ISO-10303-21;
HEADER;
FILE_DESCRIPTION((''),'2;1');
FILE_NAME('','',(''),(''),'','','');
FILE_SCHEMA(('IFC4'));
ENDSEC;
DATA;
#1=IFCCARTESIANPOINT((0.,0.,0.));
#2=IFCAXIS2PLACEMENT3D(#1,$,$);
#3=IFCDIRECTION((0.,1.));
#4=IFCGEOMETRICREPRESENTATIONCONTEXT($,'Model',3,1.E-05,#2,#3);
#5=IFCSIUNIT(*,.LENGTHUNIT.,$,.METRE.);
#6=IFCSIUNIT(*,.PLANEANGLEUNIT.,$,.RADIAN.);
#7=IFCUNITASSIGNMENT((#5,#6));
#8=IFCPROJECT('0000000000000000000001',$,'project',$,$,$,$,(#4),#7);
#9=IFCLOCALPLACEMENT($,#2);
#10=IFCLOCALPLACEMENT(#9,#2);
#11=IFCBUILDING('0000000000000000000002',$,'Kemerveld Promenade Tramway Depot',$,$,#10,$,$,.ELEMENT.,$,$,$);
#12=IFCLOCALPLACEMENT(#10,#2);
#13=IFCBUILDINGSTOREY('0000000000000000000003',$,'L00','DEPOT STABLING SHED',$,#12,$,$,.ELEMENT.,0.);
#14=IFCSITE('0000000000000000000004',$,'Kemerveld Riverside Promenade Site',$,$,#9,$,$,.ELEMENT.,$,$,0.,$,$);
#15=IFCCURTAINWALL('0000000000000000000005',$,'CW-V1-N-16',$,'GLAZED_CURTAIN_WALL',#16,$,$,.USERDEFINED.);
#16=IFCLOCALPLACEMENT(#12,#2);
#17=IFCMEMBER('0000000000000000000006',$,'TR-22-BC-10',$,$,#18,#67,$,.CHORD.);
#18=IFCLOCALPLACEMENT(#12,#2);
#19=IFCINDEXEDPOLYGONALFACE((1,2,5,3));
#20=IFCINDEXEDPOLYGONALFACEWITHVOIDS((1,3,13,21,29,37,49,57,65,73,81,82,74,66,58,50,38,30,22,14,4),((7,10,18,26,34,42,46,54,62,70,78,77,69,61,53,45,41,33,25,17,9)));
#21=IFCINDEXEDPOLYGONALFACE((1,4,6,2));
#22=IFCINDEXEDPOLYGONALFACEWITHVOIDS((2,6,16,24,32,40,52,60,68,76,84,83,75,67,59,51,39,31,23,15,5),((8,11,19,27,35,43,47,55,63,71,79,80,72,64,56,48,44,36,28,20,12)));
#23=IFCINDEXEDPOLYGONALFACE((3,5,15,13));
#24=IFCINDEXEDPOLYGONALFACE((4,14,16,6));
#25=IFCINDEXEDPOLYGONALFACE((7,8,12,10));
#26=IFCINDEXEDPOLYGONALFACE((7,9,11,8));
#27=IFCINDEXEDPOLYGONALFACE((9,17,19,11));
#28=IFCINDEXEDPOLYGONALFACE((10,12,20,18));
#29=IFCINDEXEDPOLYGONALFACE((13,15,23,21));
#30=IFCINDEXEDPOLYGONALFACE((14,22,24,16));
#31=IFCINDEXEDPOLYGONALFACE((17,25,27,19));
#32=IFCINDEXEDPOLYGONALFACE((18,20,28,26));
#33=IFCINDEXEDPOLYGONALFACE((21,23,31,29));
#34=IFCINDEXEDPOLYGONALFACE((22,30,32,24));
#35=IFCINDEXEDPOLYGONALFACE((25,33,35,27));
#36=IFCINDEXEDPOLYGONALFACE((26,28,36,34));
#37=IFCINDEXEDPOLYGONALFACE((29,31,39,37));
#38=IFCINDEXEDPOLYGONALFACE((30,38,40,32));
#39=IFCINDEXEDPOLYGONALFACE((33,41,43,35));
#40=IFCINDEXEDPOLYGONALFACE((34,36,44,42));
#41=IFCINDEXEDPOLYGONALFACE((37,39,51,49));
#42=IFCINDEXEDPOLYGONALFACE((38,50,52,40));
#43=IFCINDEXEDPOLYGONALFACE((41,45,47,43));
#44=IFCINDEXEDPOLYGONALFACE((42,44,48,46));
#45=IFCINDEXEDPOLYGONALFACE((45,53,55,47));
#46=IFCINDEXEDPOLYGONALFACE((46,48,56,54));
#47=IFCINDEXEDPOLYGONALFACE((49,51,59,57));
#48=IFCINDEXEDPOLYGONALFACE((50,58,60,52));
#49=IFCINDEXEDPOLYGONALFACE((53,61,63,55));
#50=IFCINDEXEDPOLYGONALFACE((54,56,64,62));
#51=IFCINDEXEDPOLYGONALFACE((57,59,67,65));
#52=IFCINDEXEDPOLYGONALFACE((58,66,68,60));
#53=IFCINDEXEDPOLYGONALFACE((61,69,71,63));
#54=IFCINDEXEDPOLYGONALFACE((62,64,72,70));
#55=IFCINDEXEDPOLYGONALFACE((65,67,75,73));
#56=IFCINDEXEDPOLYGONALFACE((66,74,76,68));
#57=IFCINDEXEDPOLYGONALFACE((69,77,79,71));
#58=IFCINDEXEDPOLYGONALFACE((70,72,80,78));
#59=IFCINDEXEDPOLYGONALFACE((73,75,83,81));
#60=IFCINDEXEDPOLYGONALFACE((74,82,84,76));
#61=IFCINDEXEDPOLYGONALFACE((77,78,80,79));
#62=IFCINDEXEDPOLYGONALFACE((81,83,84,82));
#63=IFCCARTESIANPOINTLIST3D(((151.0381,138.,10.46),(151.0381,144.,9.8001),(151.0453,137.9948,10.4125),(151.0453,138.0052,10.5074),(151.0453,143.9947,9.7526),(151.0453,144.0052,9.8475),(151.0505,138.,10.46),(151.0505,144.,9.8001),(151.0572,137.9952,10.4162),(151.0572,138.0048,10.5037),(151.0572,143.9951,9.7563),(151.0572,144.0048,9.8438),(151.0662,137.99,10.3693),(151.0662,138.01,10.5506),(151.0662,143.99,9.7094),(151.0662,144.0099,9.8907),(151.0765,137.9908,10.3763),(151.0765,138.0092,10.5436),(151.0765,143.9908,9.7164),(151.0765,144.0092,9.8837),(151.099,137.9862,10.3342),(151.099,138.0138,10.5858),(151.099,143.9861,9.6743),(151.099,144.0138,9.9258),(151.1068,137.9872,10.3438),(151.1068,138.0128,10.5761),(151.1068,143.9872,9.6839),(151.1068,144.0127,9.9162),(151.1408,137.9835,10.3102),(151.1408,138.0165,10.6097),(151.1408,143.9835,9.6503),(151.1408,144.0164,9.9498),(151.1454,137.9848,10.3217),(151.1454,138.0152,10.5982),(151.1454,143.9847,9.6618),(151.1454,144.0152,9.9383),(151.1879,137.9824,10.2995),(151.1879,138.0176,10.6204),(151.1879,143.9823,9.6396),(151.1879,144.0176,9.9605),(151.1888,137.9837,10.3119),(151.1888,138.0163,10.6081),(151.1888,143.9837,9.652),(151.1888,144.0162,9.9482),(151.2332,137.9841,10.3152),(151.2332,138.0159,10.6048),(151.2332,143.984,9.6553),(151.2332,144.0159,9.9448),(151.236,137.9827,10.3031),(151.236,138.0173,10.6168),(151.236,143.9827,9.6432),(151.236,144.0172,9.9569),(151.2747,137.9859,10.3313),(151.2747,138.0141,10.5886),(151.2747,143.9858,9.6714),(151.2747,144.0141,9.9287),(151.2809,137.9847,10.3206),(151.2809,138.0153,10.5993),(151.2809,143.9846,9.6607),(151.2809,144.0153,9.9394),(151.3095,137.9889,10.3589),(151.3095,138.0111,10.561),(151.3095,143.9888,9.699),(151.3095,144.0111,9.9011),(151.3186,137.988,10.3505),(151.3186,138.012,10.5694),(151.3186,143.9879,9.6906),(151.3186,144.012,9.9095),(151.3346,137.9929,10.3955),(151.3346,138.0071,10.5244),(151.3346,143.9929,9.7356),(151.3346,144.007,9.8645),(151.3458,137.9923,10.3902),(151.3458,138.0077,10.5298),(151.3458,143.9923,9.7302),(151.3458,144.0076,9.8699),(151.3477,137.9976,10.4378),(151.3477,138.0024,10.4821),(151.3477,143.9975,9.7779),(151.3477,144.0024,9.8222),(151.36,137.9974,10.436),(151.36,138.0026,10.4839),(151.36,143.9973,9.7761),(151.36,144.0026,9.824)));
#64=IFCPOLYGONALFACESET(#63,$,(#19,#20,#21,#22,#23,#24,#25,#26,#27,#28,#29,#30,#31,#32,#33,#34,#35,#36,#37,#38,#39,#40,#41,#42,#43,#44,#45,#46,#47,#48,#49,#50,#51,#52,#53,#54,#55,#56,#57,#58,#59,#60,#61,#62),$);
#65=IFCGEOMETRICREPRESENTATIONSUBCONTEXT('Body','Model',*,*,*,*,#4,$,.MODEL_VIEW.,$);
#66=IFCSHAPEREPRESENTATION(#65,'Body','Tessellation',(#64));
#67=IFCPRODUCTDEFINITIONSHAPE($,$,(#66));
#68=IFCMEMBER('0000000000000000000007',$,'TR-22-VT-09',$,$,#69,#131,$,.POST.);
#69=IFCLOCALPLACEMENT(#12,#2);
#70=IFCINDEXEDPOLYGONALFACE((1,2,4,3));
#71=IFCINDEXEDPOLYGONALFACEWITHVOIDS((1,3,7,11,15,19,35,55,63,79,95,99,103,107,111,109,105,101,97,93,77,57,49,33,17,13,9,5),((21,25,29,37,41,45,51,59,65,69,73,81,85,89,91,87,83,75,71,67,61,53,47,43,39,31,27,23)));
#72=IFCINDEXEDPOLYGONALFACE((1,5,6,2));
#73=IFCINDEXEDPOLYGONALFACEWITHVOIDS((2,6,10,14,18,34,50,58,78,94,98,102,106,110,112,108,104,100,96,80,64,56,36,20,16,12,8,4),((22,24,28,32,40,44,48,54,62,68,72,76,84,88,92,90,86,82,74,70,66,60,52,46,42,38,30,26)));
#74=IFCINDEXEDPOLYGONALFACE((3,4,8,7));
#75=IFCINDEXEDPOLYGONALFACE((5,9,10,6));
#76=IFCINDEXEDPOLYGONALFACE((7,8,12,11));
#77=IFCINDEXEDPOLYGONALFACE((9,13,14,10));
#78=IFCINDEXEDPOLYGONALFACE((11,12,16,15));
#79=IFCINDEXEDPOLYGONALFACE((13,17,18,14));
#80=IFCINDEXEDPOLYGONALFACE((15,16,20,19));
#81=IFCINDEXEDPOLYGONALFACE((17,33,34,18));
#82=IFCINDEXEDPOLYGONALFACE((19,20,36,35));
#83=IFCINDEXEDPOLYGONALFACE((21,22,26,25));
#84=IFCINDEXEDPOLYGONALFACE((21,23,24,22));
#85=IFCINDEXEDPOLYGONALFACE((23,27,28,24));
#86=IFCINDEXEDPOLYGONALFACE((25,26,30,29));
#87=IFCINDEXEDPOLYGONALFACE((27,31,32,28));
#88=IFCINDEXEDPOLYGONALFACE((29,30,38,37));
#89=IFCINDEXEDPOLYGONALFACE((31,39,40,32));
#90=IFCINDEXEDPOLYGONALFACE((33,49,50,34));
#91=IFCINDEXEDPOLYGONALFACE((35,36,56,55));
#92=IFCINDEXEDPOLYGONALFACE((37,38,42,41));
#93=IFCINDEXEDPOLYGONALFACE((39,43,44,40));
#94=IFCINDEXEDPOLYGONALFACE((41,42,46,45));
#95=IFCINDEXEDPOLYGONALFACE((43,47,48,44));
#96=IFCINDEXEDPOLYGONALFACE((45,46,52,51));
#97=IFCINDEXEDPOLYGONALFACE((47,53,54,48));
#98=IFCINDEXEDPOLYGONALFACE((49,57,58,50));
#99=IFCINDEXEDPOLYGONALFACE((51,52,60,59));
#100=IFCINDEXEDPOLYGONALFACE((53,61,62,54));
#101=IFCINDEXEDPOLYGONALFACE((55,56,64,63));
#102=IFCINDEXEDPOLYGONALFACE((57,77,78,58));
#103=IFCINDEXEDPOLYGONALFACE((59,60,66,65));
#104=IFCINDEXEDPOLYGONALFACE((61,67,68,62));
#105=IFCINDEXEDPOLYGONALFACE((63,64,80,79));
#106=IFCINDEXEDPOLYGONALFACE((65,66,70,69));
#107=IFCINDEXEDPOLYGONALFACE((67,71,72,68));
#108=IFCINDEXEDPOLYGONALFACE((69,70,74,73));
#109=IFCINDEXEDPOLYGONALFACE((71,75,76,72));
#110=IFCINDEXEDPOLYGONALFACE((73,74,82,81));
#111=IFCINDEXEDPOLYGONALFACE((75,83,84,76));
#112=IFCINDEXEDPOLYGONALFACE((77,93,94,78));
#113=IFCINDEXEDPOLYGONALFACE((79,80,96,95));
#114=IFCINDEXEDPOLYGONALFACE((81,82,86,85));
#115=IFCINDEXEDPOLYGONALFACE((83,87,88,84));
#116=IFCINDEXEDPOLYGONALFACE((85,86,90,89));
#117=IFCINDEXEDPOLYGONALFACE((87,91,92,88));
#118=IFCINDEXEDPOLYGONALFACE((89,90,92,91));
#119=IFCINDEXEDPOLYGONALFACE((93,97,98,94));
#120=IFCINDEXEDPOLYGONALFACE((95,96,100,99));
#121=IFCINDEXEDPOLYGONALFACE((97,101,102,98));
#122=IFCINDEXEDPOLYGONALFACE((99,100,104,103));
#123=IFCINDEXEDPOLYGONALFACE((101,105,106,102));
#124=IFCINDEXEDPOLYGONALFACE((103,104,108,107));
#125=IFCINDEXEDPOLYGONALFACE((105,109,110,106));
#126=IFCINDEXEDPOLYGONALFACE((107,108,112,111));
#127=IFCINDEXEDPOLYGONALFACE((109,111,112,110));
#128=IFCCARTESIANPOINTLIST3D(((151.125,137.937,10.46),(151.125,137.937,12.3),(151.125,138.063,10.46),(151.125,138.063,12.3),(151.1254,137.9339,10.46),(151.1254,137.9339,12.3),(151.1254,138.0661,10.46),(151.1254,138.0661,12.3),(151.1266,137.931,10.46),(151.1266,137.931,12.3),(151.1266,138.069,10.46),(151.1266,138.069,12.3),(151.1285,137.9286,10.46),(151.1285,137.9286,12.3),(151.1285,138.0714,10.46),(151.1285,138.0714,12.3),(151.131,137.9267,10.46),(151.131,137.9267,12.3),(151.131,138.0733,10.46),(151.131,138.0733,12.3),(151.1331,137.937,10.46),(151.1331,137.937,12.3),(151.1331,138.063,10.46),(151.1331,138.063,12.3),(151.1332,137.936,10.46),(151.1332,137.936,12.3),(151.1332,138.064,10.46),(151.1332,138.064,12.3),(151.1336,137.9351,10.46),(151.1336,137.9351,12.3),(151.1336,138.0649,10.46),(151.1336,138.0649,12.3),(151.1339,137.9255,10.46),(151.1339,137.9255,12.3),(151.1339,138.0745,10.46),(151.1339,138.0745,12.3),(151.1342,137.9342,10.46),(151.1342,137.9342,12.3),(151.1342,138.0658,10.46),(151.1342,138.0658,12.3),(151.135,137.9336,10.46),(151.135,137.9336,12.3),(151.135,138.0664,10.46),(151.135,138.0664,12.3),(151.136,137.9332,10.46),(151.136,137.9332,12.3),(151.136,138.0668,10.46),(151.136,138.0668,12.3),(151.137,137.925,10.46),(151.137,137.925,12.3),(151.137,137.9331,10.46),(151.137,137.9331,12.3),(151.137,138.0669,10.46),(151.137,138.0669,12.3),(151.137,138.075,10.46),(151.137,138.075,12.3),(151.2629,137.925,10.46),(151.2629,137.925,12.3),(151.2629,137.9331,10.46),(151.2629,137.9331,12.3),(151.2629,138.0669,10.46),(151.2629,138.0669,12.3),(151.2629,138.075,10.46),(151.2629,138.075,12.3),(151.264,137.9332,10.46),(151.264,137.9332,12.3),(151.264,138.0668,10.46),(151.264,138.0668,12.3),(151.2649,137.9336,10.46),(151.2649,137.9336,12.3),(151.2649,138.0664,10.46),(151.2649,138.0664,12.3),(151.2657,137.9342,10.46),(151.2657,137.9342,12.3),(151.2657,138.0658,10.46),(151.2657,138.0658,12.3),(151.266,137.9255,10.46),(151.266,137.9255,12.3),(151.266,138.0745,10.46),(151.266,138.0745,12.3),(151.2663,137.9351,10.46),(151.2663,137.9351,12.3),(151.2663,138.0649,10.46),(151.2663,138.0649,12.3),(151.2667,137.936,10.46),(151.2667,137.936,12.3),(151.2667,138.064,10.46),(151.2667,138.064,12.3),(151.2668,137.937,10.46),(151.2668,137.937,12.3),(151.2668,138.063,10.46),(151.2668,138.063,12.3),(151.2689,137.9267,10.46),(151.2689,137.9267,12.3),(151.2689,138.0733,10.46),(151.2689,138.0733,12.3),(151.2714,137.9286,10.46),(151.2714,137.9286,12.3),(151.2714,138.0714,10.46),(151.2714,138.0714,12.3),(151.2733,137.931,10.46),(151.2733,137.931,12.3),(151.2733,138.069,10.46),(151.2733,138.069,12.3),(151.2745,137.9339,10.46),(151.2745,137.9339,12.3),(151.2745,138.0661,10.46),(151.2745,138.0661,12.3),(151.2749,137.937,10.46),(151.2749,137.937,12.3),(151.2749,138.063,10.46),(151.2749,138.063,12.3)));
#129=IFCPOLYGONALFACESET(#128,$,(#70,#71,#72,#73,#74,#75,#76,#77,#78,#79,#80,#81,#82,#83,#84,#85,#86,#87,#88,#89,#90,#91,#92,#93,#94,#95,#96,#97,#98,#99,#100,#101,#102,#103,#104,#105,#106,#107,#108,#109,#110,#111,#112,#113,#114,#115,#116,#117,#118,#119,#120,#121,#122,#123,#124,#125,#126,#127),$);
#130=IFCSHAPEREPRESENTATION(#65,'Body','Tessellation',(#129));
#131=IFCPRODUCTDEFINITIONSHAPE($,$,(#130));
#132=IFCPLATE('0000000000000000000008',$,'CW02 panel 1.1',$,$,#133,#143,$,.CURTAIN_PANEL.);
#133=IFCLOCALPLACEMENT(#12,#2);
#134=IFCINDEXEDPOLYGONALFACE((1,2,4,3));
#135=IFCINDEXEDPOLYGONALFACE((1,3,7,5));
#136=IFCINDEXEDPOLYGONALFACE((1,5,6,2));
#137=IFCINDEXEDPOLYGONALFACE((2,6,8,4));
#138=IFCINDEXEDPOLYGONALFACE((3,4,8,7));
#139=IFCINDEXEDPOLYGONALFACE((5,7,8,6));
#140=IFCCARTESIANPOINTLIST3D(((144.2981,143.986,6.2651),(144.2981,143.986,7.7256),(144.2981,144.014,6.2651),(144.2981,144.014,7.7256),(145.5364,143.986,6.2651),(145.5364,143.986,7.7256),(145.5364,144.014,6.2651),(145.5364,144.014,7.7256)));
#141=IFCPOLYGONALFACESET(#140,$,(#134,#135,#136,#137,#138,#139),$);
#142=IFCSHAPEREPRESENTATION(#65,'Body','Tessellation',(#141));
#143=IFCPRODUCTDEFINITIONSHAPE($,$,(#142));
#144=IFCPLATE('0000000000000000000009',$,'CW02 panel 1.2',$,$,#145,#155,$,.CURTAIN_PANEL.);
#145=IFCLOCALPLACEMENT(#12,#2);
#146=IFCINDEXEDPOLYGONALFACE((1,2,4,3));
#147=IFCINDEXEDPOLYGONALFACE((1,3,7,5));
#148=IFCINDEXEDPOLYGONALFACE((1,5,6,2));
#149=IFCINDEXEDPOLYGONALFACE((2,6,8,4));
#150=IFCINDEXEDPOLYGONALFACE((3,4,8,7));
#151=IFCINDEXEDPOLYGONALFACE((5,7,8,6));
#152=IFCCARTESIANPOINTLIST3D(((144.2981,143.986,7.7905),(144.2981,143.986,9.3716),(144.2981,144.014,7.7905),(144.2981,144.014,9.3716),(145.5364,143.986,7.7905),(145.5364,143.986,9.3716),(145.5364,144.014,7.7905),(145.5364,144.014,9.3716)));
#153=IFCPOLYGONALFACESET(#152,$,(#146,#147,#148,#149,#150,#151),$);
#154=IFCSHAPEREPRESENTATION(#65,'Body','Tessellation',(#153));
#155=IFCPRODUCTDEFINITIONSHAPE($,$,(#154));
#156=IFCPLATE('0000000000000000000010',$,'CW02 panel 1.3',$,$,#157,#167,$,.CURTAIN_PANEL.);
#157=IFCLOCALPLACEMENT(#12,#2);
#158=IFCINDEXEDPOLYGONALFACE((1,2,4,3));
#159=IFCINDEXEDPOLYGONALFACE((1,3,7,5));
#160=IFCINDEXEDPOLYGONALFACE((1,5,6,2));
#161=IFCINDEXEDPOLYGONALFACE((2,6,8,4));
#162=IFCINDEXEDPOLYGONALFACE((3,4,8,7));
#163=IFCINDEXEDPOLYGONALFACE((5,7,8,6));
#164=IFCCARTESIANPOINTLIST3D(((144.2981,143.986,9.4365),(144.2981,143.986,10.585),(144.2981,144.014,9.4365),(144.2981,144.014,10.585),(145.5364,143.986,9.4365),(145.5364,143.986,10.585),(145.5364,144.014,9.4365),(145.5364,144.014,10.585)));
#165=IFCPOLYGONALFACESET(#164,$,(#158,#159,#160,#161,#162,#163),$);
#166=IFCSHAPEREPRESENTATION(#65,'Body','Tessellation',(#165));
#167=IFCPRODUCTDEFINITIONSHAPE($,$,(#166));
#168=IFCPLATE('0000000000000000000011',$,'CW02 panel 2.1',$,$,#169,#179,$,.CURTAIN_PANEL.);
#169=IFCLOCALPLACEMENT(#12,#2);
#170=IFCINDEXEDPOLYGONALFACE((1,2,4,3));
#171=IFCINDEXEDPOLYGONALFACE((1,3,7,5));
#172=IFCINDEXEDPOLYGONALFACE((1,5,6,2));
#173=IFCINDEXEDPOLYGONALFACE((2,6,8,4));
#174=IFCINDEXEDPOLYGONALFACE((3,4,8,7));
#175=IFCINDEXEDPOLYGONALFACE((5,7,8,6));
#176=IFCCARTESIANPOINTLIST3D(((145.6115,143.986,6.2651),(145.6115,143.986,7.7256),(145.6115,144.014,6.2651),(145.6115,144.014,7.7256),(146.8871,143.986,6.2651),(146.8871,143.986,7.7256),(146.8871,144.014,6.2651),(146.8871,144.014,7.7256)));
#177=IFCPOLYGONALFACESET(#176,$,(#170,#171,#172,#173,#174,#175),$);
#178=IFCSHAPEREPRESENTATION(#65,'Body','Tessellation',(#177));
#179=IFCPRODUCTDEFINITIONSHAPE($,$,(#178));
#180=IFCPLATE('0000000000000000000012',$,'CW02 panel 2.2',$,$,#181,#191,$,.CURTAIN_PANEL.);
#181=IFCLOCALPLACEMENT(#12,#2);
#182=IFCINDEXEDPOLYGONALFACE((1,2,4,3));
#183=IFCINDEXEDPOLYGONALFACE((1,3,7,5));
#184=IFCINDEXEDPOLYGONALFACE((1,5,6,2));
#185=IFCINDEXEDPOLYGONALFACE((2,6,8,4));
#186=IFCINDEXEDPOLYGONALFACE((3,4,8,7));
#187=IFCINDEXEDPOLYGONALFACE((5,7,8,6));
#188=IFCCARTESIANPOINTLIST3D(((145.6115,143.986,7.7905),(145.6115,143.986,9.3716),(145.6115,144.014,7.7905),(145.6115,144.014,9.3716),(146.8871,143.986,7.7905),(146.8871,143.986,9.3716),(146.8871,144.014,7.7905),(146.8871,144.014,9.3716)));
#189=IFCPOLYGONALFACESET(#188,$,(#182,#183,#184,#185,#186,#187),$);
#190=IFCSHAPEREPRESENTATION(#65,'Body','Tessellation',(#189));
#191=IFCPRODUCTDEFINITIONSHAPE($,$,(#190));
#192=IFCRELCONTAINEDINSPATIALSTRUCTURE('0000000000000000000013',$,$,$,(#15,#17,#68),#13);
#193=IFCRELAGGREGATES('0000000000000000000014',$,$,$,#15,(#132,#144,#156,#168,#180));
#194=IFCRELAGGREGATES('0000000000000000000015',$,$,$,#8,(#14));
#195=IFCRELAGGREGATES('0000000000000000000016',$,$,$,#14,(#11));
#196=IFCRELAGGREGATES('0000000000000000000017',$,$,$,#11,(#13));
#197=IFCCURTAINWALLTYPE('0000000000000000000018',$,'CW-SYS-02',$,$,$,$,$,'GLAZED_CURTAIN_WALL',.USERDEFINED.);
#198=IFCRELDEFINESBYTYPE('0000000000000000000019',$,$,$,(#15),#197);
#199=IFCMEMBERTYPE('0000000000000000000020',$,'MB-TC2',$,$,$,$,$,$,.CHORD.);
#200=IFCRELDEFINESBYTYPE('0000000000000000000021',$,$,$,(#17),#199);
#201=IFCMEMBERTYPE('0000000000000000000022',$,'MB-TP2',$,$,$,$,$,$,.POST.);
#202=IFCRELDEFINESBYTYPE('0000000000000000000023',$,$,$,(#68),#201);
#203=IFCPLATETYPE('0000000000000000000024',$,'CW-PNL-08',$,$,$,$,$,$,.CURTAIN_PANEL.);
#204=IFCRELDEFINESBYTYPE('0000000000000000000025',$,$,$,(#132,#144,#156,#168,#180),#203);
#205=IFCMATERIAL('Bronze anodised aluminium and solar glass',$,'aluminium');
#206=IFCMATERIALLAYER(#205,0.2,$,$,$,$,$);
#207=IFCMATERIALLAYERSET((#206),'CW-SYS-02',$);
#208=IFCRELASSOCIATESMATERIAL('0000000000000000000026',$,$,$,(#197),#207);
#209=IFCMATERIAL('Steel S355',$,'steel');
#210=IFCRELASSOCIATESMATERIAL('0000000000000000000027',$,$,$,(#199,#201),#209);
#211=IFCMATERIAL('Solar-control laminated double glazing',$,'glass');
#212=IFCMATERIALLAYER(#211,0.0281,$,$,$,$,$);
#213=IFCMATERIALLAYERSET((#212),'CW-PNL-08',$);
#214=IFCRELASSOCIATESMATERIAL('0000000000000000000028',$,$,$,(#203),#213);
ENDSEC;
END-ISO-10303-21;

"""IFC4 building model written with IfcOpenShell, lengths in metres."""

from ifc_helpers import new_model, si_unit, direction, frame, origin, origin_2d, place, context, subcontext, project, spatial, rectangle, hollow_rectangle, hollow_circle, extrude, material, layer, layer_set, material_profile, profile_set, type_object, element, aggregate, save


model = new_model("IFC4")

# Units and contexts
model_context = context("Model", 3, precision=1e-05, world=origin(), true_north=direction((0.0, 1.0)))
body_context = subcontext(model_context, "Body", "Model", "MODEL_VIEW")
ifc_project = project(units=[si_unit("LENGTHUNIT", "METRE"), si_unit("PLANEANGLEUNIT", "RADIAN")], contexts=[model_context])

# Site, building, storey
site_placement = place(None, origin())
site = spatial("IfcSite", under=ifc_project, at=site_placement, Name="Kemerveld Riverside Promenade Site", CompositionType="ELEMENT", RefElevation=0.0)
building_placement = place(site_placement, origin())
building = spatial("IfcBuilding", under=site, at=building_placement, Name="Kemerveld Promenade Tramway Depot", CompositionType="ELEMENT")
storey_placement = place(building_placement, origin())
storey = spatial("IfcBuildingStorey", under=building, at=storey_placement, Name="L00", Description="DEPOT STABLING SHED", CompositionType="ELEMENT", Elevation=0.0)

# Shared definitions
ifc_material_1 = material(Name="Steel S355", Category="steel")

# Curtain wall
ifc_material_2 = material(Name="Bronze anodised aluminium and solar glass", Category="aluminium")
ifc_layer_1 = layer(ifc_material_2, 0.2)
ifc_layer_set_1 = layer_set([ifc_layer_1], Name="CW-SYS-02")
curtain_wall_type = type_object("IfcCurtainWallType", Name="CW-SYS-02", ElementType="GLAZED_CURTAIN_WALL", PredefinedType="USERDEFINED", material=ifc_layer_set_1)
curtain_wall_placement = place(storey_placement, origin())
curtain_wall = element("IfcCurtainWall", 1, at=curtain_wall_placement, inside=storey, type_object=curtain_wall_type, Name="CW-V1-N-16", ObjectType="GLAZED_CURTAIN_WALL", PredefinedType="USERDEFINED")

# Members
ifc_material_profile_1 = material_profile(ifc_material_1, hollow_circle(Radius=0.1619, WallThickness=0.0125, at=origin_2d()), Name="323.9x12.5 CHS")
ifc_profile_set_1 = profile_set([ifc_material_profile_1], Name="Steel S355")
member_type_1 = type_object("IfcMemberType", Name="MB-TC2", PredefinedType="CHORD", material=ifc_profile_set_1)
member_1_placement = place(storey_placement, frame((151.2, 138.0, 10.46), z_axis=(0.0, 0.994006, -0.109326), x_axis=(-1.0, 0.0, 0.0)))
element("IfcMember", 2, at=member_1_placement, inside=storey, type_object=member_type_1, Name="TR-22-BC-10", PredefinedType="CHORD", context=body_context, shape_type="SweptSolid", body=[
    extrude(hollow_circle(Radius=0.1619, WallThickness=0.0125, at=origin_2d()), origin(), (0.0, 0.0, 1.0), 6.0361),
])
ifc_material_profile_2 = material_profile(ifc_material_1, hollow_rectangle(XDim=0.1499, YDim=0.1499, WallThickness=0.0081, InnerFilletRadius=0.0039, OuterFilletRadius=0.012, at=origin_2d()), Name="150x150x8.0 SHS")
ifc_profile_set_2 = profile_set([ifc_material_profile_2], Name="Steel S355")
member_type_2 = type_object("IfcMemberType", Name="MB-TP2", PredefinedType="POST", material=ifc_profile_set_2)
member_2_placement = place(storey_placement, frame((151.2, 138.0, 10.46), z_axis=(0.0, 0.0, 1.0), x_axis=(1.0, 0.0, 0.0)))
element("IfcMember", 3, at=member_2_placement, inside=storey, type_object=member_type_2, Name="TR-22-VT-09", PredefinedType="POST", context=body_context, shape_type="SweptSolid", body=[
    extrude(hollow_rectangle(XDim=0.1499, YDim=0.1499, WallThickness=0.0081, InnerFilletRadius=0.0039, OuterFilletRadius=0.012, at=origin_2d()), origin(), (0.0, 0.0, 1.0), 1.8401),
])

# Plates
ifc_material_3 = material(Name="Solar-control laminated double glazing", Category="glass")
ifc_layer_2 = layer(ifc_material_3, 0.0281)
ifc_layer_set_2 = layer_set([ifc_layer_2], Name="CW-PNL-08")
plate_type_1 = type_object("IfcPlateType", Name="CW-PNL-08", PredefinedType="CURTAIN_PANEL", material=ifc_layer_set_2)
plate_1_placement = place(storey_placement, frame((144.9172, 144.0, 6.2651), z_axis=(0.0, 0.0, 1.0), x_axis=(1.0, 0.0, 0.0)))
plate_1 = element("IfcPlate", 4, at=plate_1_placement, type_object=plate_type_1, Name="CW02 panel 1.1", PredefinedType="CURTAIN_PANEL", context=body_context, shape_type="SweptSolid", body=[
    extrude(rectangle(XDim=1.2383, YDim=0.0281, at=origin_2d()), origin(), (0.0, 0.0, 1.0), 1.4604),
])
plate_2_placement = place(storey_placement, frame((144.9172, 144.0, 7.7905), z_axis=(0.0, 0.0, 1.0), x_axis=(1.0, 0.0, 0.0)))
plate_2 = element("IfcPlate", 5, at=plate_2_placement, type_object=plate_type_1, Name="CW02 panel 1.2", PredefinedType="CURTAIN_PANEL", context=body_context, shape_type="SweptSolid", body=[
    extrude(rectangle(XDim=1.2383, YDim=0.0281, at=origin_2d()), origin(), (0.0, 0.0, 1.0), 1.5811),
])
plate_3_placement = place(storey_placement, frame((144.9172, 144.0, 9.4365), z_axis=(0.0, 0.0, 1.0), x_axis=(1.0, 0.0, 0.0)))
plate_3 = element("IfcPlate", 6, at=plate_3_placement, type_object=plate_type_1, Name="CW02 panel 1.3", PredefinedType="CURTAIN_PANEL", context=body_context, shape_type="SweptSolid", body=[
    extrude(rectangle(XDim=1.2383, YDim=0.0281, at=origin_2d()), origin(), (0.0, 0.0, 1.0), 1.1484),
])
plate_4_placement = place(storey_placement, frame((146.2493, 144.0, 6.2651), z_axis=(0.0, 0.0, 1.0), x_axis=(1.0, 0.0, 0.0)))
plate_4 = element("IfcPlate", 7, at=plate_4_placement, type_object=plate_type_1, Name="CW02 panel 2.1", PredefinedType="CURTAIN_PANEL", context=body_context, shape_type="SweptSolid", body=[
    extrude(rectangle(XDim=1.2756, YDim=0.0281, at=origin_2d()), origin(), (0.0, 0.0, 1.0), 1.4604),
])
plate_5_placement = place(storey_placement, frame((146.2493, 144.0, 7.7905), z_axis=(0.0, 0.0, 1.0), x_axis=(1.0, 0.0, 0.0)))
plate_5 = element("IfcPlate", 8, at=plate_5_placement, type_object=plate_type_1, Name="CW02 panel 2.2", PredefinedType="CURTAIN_PANEL", context=body_context, shape_type="SweptSolid", body=[
    extrude(rectangle(XDim=1.2756, YDim=0.0281, at=origin_2d()), origin(), (0.0, 0.0, 1.0), 1.5811),
])
aggregate(curtain_wall, [plate_1, plate_2, plate_3, plate_4, plate_5])

save(model, "model.ifc")
